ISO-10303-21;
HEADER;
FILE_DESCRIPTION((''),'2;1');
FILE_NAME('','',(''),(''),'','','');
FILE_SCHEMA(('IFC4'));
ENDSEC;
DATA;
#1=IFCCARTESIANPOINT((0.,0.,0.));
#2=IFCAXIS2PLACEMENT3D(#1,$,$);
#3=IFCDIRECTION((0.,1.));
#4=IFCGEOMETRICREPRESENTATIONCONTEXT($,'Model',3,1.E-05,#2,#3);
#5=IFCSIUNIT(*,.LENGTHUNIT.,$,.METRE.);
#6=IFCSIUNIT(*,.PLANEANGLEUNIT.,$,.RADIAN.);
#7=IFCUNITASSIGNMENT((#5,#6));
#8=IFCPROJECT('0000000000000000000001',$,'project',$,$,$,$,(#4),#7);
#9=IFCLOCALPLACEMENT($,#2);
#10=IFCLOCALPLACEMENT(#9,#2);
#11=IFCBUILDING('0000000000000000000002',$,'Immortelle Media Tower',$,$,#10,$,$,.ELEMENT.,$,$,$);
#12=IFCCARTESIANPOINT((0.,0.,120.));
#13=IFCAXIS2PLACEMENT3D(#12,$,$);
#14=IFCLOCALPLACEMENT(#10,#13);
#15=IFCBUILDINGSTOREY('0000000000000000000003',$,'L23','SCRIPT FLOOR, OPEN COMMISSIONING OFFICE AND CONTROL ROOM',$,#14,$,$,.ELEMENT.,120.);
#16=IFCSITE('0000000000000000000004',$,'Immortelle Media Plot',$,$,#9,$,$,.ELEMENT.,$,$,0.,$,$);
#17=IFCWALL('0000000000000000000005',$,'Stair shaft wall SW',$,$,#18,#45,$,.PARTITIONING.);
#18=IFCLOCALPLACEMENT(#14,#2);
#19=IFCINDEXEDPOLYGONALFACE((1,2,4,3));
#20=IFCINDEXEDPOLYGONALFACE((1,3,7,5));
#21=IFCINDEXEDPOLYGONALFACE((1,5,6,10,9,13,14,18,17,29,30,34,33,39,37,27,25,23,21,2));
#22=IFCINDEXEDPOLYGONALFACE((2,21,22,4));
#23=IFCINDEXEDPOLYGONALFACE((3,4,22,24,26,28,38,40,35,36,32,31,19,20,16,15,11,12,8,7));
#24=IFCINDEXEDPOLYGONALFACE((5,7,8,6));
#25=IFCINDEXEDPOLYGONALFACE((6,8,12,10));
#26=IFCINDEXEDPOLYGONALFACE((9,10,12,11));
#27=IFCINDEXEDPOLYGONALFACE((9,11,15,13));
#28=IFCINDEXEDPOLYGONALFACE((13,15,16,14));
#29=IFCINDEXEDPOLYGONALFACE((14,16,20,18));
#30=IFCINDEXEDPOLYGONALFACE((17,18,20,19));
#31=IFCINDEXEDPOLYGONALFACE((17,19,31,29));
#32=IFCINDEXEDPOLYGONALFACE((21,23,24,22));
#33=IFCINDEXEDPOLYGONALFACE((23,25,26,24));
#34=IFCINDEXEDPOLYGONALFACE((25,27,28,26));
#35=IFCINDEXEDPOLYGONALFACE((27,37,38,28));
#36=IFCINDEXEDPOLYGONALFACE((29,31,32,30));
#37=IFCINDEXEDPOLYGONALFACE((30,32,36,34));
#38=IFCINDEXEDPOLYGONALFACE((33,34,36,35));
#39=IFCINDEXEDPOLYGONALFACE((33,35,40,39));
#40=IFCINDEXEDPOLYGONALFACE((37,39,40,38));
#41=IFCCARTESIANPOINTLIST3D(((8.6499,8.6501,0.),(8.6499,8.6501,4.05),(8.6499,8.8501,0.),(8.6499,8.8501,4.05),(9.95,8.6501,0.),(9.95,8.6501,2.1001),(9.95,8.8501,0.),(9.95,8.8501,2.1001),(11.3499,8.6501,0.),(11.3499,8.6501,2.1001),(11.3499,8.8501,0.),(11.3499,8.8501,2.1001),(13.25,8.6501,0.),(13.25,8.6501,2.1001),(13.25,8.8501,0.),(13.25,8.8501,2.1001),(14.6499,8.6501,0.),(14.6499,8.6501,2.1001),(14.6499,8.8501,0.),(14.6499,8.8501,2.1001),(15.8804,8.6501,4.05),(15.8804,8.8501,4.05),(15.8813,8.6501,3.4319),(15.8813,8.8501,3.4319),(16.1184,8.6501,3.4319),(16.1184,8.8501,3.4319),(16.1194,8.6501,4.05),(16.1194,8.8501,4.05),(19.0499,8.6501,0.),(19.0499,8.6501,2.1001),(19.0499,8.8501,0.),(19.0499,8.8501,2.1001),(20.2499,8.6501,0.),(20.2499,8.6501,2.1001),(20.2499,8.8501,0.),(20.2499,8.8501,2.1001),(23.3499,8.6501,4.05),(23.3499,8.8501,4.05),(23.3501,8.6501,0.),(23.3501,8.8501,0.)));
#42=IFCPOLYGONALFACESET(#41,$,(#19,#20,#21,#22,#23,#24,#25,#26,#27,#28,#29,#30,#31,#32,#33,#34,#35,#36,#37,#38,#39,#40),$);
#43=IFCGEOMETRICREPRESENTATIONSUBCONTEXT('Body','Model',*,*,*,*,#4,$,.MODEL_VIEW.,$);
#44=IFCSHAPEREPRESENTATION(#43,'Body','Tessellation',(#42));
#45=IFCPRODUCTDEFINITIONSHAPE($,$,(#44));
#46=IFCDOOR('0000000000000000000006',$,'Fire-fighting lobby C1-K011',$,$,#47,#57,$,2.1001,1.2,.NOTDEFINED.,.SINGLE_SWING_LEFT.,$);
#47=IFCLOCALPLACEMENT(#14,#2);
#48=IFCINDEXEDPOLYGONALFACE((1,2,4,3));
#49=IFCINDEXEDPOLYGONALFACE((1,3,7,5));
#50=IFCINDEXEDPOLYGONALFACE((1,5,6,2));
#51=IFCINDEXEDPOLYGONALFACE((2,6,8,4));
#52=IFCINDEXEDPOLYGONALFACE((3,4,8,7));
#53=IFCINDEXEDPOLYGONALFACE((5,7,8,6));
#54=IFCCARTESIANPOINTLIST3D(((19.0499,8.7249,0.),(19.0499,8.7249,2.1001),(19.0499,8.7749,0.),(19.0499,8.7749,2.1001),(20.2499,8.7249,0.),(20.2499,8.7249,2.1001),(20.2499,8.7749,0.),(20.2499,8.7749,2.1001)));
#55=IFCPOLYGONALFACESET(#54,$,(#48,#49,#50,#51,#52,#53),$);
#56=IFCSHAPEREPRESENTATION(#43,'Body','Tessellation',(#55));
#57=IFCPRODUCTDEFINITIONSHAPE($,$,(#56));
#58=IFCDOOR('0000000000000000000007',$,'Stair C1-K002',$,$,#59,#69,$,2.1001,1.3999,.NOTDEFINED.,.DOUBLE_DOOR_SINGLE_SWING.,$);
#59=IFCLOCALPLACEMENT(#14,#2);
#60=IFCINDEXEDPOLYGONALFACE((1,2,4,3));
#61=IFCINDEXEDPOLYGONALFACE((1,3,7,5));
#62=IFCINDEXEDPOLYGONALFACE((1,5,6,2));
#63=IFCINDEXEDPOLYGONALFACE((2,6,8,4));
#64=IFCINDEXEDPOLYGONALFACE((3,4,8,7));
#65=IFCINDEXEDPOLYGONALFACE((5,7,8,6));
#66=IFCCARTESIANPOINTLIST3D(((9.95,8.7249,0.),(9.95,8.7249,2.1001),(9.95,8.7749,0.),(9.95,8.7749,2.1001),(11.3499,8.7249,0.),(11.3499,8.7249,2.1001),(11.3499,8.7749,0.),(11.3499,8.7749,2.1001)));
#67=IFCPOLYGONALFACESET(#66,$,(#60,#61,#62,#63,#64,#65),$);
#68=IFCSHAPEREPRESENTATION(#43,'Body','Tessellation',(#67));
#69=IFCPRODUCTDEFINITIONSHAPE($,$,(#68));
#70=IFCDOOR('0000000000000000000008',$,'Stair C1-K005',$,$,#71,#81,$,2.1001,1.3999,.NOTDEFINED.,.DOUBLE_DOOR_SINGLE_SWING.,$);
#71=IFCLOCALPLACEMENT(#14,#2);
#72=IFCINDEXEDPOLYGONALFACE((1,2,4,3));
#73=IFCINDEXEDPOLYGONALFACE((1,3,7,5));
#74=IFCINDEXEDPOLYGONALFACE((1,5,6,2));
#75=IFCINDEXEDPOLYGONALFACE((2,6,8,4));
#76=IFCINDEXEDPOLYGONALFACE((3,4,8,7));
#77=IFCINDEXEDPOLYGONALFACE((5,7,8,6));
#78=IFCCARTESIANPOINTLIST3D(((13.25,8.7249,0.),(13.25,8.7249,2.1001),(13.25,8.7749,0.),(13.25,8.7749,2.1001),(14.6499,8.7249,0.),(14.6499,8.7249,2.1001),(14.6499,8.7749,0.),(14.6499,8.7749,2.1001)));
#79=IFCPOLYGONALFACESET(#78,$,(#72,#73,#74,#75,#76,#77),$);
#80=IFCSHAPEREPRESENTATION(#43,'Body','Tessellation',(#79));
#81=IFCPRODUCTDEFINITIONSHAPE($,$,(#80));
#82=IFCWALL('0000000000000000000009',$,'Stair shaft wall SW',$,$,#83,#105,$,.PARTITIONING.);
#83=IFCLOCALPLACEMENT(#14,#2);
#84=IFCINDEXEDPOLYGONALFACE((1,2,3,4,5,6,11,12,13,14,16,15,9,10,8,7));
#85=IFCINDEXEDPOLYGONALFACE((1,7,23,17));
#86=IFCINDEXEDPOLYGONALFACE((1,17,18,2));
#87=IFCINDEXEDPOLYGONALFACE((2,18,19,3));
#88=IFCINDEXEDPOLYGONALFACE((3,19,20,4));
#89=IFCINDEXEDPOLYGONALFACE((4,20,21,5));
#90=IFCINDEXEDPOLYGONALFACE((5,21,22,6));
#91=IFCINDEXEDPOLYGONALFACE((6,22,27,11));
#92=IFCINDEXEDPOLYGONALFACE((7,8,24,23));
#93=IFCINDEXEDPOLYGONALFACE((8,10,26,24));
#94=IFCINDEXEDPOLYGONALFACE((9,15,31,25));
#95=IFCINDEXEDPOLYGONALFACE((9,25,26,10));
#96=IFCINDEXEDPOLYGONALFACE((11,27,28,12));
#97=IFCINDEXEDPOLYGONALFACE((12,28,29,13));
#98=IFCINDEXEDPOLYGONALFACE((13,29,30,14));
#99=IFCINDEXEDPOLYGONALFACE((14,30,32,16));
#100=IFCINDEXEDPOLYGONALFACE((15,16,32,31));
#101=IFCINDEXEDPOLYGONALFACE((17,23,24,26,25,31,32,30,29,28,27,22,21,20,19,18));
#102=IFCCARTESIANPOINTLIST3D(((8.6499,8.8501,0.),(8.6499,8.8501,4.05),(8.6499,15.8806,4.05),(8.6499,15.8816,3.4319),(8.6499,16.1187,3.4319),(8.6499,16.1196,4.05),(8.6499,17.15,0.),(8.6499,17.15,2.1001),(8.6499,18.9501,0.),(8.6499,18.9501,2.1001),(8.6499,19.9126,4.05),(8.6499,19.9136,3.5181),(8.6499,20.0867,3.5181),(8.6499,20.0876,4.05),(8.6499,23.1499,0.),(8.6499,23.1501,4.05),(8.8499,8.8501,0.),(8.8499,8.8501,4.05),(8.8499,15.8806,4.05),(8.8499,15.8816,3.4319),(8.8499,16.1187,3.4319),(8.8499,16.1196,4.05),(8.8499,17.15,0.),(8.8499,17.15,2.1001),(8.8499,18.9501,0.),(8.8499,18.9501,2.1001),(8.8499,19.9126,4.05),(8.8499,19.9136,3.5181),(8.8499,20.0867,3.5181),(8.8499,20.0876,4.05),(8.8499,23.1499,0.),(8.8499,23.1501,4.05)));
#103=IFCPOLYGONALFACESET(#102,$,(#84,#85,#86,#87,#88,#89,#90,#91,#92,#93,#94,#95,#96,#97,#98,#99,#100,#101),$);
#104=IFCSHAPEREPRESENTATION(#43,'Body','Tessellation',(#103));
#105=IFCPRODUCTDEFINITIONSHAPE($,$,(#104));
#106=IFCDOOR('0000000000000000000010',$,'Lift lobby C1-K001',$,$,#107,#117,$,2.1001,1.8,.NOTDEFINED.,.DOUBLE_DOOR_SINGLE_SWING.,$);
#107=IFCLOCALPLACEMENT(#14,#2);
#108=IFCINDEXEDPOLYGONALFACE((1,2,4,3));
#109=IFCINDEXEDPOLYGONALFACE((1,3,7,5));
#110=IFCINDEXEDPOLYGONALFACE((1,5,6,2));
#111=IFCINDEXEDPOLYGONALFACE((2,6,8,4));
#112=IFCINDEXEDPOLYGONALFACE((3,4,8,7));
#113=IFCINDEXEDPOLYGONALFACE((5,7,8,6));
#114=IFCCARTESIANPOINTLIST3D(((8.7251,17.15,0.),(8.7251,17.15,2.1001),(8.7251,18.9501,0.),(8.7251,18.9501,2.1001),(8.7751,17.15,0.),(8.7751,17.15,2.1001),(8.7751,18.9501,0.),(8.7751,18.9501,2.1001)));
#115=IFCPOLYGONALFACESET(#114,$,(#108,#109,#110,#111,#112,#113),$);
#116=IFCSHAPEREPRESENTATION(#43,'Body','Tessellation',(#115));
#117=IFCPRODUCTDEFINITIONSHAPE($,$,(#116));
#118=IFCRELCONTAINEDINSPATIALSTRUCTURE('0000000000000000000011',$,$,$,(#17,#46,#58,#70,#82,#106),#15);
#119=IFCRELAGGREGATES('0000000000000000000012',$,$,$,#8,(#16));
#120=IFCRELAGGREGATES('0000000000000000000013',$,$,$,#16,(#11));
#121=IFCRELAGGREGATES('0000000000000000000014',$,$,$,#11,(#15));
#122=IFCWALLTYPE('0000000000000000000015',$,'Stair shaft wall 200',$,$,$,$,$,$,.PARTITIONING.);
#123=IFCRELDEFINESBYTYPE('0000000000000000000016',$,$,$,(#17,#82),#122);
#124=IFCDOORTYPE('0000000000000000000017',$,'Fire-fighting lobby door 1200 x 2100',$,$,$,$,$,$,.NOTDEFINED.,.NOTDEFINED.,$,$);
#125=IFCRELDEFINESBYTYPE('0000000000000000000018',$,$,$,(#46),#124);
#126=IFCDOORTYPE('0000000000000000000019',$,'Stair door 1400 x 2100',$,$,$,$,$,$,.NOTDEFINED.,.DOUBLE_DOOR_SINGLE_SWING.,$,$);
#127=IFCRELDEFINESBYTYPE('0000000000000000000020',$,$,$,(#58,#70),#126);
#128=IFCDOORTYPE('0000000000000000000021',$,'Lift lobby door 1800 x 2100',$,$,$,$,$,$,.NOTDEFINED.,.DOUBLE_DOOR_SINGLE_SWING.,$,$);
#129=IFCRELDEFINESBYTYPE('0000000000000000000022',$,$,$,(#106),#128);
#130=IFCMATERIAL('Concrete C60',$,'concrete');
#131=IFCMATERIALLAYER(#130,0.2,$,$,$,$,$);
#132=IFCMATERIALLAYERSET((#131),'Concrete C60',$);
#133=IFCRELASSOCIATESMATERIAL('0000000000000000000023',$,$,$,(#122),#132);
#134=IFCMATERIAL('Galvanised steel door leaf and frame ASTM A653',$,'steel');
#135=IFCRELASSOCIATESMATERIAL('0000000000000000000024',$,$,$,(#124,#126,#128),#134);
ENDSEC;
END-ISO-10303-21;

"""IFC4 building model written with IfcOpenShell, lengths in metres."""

from ifc_helpers import new_model, si_unit, direction, frame, frame_2d, origin, place, context, subcontext, project, spatial, polyline, rectangle, outline, extrude, material, layer, layer_set, type_object, element, fill, save


model = new_model("IFC4")

# Units and contexts
model_context = context("Model", 3, precision=1e-05, world=origin(), true_north=direction((0.0, 1.0)))
body_context = subcontext(model_context, "Body", "Model", "MODEL_VIEW")
ifc_project = project(units=[si_unit("LENGTHUNIT", "METRE"), si_unit("PLANEANGLEUNIT", "RADIAN")], contexts=[model_context])

# Site, building, storey
site_placement = place(None, origin())
site = spatial("IfcSite", under=ifc_project, at=site_placement, Name="Immortelle Media Plot", CompositionType="ELEMENT", RefElevation=0.0)
building_placement = place(site_placement, origin())
building = spatial("IfcBuilding", under=site, at=building_placement, Name="Immortelle Media Tower", CompositionType="ELEMENT")
storey_placement = place(building_placement, frame((0.0, 0.0, 120.0)))
storey = spatial("IfcBuildingStorey", under=building, at=storey_placement, Name="L23", Description="SCRIPT FLOOR, OPEN COMMISSIONING OFFICE AND CONTROL ROOM", CompositionType="ELEMENT", Elevation=120.0)

# Wall, openings, doors
ifc_material_1 = material(Name="Concrete C60", Category="concrete")
ifc_layer_1 = layer(ifc_material_1, 0.2)
ifc_layer_set_1 = layer_set([ifc_layer_1], Name="Concrete C60")
wall_type_1 = type_object("IfcWallType", Name="Stair shaft wall 200", PredefinedType="PARTITIONING", material=ifc_layer_set_1)
wall_1_placement = place(storey_placement, frame((8.6499, 8.75, 0.0), z_axis=(0.0, 0.0, 1.0), x_axis=(1.0, 0.0, 0.0)))
wall_1 = element("IfcWall", 1, at=wall_1_placement, inside=storey, type_object=wall_type_1, Name="Stair shaft wall SW", PredefinedType="PARTITIONING", context=body_context, shape_type="SweptSolid", body=[
    extrude(outline(polyline([(0.0, 0.0), (14.7002, 0.0), (14.7, 4.05), (7.4695, 4.05), (7.4685, 3.4319), (7.2314, 3.4319), (7.2305, 4.05), (0.0, 4.05), (0.0, 0.0)])), frame((0.0, 0.1001, 0.0), z_axis=(0.0, -1.0, 0.0), x_axis=(1.0, 0.0, 0.0)), (0.0, 0.0, 1.0), 0.2),
])
opening_1_placement = place(wall_1_placement, frame((1.3, 0.0, 0.0)))
opening_1 = element("IfcOpeningElement", 2, at=opening_1_placement, cuts=wall_1, PredefinedType="OPENING", context=body_context, shape_type="SweptSolid", body=[
    extrude(rectangle(XDim=1.3999, YDim=2.1001, at=frame_2d((0.7, 1.05))), frame((0.0, 0.1099, 0.0), z_axis=(0.0, -1.0, 0.0), x_axis=(1.0, 0.0, 0.0)), (0.0, 0.0, 1.0), 0.22),
])
opening_2_placement = place(wall_1_placement, frame((4.6001, 0.0, 0.0)))
opening_2 = element("IfcOpeningElement", 3, at=opening_2_placement, cuts=wall_1, PredefinedType="OPENING", context=body_context, shape_type="SweptSolid", body=[
    extrude(rectangle(XDim=1.3999, YDim=2.1001, at=frame_2d((0.7, 1.05))), frame((0.0, 0.1099, 0.0), z_axis=(0.0, -1.0, 0.0), x_axis=(1.0, 0.0, 0.0)), (0.0, 0.0, 1.0), 0.22),
])
opening_3_placement = place(wall_1_placement, frame((10.3999, 0.0, 0.0)))
opening_3 = element("IfcOpeningElement", 4, at=opening_3_placement, cuts=wall_1, PredefinedType="OPENING", context=body_context, shape_type="SweptSolid", body=[
    extrude(rectangle(XDim=1.2, YDim=2.1001, at=frame_2d((0.6001, 1.05))), frame((0.0, 0.1099, 0.0), z_axis=(0.0, -1.0, 0.0), x_axis=(1.0, 0.0, 0.0)), (0.0, 0.0, 1.0), 0.22),
])
ifc_material_2 = material(Name="Galvanised steel door leaf and frame ASTM A653", Category="steel")
door_type_1 = type_object("IfcDoorType", Name="Fire-fighting lobby door 1200 x 2100", OperationType="NOTDEFINED", PredefinedType="NOTDEFINED", material=ifc_material_2)
door_1_placement = place(opening_3_placement, origin())
door_1 = element("IfcDoor", 5, at=door_1_placement, inside=storey, type_object=door_type_1, Name="Fire-fighting lobby C1-K011", OperationType="SINGLE_SWING_LEFT", OverallHeight=2.1001, OverallWidth=1.2, PredefinedType="NOTDEFINED", context=body_context, shape_type="SweptSolid", body=[
    extrude(rectangle(XDim=1.2, YDim=2.1001, at=frame_2d((0.6001, 1.05))), frame((0.0, 0.0249, 0.0), z_axis=(0.0, -1.0, 0.0), x_axis=(1.0, 0.0, 0.0)), (0.0, 0.0, 1.0), 0.05),
])
fill(opening_3, door_1)
door_type_2 = type_object("IfcDoorType", Name="Stair door 1400 x 2100", OperationType="DOUBLE_DOOR_SINGLE_SWING", PredefinedType="NOTDEFINED", material=ifc_material_2)
door_2_placement = place(opening_1_placement, origin())
door_2 = element("IfcDoor", 6, at=door_2_placement, inside=storey, type_object=door_type_2, Name="Stair C1-K002", OperationType="DOUBLE_DOOR_SINGLE_SWING", OverallHeight=2.1001, OverallWidth=1.3999, PredefinedType="NOTDEFINED", context=body_context, shape_type="SweptSolid", body=[
    extrude(rectangle(XDim=1.3999, YDim=2.1001, at=frame_2d((0.7, 1.05))), frame((0.0, 0.0249, 0.0), z_axis=(0.0, -1.0, 0.0), x_axis=(1.0, 0.0, 0.0)), (0.0, 0.0, 1.0), 0.05),
])
fill(opening_1, door_2)
door_3_placement = place(opening_2_placement, origin())
door_3 = element("IfcDoor", 7, at=door_3_placement, inside=storey, type_object=door_type_2, Name="Stair C1-K005", OperationType="DOUBLE_DOOR_SINGLE_SWING", OverallHeight=2.1001, OverallWidth=1.3999, PredefinedType="NOTDEFINED", context=body_context, shape_type="SweptSolid", body=[
    extrude(rectangle(XDim=1.3999, YDim=2.1001, at=frame_2d((0.7, 1.05))), frame((0.0, 0.0249, 0.0), z_axis=(0.0, -1.0, 0.0), x_axis=(1.0, 0.0, 0.0)), (0.0, 0.0, 1.0), 0.05),
])
fill(opening_2, door_3)

# Wall, opening, door
wall_2_placement = place(storey_placement, frame((8.75, 8.8501, 0.0), z_axis=(0.0, 0.0, 1.0), x_axis=(0.0, 1.0, 0.0)))
wall_2 = element("IfcWall", 8, at=wall_2_placement, inside=storey, type_object=wall_type_1, Name="Stair shaft wall SW", PredefinedType="PARTITIONING", context=body_context, shape_type="SweptSolid", body=[
    extrude(outline(polyline([(0.0, 0.0), (14.2998, 0.0), (14.3, 4.05), (11.2375, 4.05), (11.2366, 3.5181), (11.0635, 3.5181), (11.0625, 4.05), (7.2695, 4.05), (7.2686, 3.4319), (7.0315, 3.4319), (7.0305, 4.05), (0.0, 4.05), (0.0, 0.0)])), frame((0.0, 0.1001, 0.0), z_axis=(0.0, -1.0, 0.0), x_axis=(1.0, 0.0, 0.0)), (0.0, 0.0, 1.0), 0.2),
])
opening_4_placement = place(wall_2_placement, frame((8.3, 0.0, 0.0)))
opening_4 = element("IfcOpeningElement", 9, at=opening_4_placement, cuts=wall_2, PredefinedType="OPENING", context=body_context, shape_type="SweptSolid", body=[
    extrude(rectangle(XDim=1.8, YDim=2.1001, at=frame_2d((0.8999, 1.05))), frame((0.0, 0.1099, 0.0), z_axis=(0.0, -1.0, 0.0), x_axis=(1.0, 0.0, 0.0)), (0.0, 0.0, 1.0), 0.22),
])
door_type_3 = type_object("IfcDoorType", Name="Lift lobby door 1800 x 2100", OperationType="DOUBLE_DOOR_SINGLE_SWING", PredefinedType="NOTDEFINED", material=ifc_material_2)
door_4_placement = place(opening_4_placement, origin())
door_4 = element("IfcDoor", 10, at=door_4_placement, inside=storey, type_object=door_type_3, Name="Lift lobby C1-K001", OperationType="DOUBLE_DOOR_SINGLE_SWING", OverallHeight=2.1001, OverallWidth=1.8, PredefinedType="NOTDEFINED", context=body_context, shape_type="SweptSolid", body=[
    extrude(rectangle(XDim=1.8, YDim=2.1001, at=frame_2d((0.8999, 1.05))), frame((0.0, 0.0249, 0.0), z_axis=(0.0, -1.0, 0.0), x_axis=(1.0, 0.0, 0.0)), (0.0, 0.0, 1.0), 0.05),
])
fill(opening_4, door_4)

save(model, "model.ifc")
